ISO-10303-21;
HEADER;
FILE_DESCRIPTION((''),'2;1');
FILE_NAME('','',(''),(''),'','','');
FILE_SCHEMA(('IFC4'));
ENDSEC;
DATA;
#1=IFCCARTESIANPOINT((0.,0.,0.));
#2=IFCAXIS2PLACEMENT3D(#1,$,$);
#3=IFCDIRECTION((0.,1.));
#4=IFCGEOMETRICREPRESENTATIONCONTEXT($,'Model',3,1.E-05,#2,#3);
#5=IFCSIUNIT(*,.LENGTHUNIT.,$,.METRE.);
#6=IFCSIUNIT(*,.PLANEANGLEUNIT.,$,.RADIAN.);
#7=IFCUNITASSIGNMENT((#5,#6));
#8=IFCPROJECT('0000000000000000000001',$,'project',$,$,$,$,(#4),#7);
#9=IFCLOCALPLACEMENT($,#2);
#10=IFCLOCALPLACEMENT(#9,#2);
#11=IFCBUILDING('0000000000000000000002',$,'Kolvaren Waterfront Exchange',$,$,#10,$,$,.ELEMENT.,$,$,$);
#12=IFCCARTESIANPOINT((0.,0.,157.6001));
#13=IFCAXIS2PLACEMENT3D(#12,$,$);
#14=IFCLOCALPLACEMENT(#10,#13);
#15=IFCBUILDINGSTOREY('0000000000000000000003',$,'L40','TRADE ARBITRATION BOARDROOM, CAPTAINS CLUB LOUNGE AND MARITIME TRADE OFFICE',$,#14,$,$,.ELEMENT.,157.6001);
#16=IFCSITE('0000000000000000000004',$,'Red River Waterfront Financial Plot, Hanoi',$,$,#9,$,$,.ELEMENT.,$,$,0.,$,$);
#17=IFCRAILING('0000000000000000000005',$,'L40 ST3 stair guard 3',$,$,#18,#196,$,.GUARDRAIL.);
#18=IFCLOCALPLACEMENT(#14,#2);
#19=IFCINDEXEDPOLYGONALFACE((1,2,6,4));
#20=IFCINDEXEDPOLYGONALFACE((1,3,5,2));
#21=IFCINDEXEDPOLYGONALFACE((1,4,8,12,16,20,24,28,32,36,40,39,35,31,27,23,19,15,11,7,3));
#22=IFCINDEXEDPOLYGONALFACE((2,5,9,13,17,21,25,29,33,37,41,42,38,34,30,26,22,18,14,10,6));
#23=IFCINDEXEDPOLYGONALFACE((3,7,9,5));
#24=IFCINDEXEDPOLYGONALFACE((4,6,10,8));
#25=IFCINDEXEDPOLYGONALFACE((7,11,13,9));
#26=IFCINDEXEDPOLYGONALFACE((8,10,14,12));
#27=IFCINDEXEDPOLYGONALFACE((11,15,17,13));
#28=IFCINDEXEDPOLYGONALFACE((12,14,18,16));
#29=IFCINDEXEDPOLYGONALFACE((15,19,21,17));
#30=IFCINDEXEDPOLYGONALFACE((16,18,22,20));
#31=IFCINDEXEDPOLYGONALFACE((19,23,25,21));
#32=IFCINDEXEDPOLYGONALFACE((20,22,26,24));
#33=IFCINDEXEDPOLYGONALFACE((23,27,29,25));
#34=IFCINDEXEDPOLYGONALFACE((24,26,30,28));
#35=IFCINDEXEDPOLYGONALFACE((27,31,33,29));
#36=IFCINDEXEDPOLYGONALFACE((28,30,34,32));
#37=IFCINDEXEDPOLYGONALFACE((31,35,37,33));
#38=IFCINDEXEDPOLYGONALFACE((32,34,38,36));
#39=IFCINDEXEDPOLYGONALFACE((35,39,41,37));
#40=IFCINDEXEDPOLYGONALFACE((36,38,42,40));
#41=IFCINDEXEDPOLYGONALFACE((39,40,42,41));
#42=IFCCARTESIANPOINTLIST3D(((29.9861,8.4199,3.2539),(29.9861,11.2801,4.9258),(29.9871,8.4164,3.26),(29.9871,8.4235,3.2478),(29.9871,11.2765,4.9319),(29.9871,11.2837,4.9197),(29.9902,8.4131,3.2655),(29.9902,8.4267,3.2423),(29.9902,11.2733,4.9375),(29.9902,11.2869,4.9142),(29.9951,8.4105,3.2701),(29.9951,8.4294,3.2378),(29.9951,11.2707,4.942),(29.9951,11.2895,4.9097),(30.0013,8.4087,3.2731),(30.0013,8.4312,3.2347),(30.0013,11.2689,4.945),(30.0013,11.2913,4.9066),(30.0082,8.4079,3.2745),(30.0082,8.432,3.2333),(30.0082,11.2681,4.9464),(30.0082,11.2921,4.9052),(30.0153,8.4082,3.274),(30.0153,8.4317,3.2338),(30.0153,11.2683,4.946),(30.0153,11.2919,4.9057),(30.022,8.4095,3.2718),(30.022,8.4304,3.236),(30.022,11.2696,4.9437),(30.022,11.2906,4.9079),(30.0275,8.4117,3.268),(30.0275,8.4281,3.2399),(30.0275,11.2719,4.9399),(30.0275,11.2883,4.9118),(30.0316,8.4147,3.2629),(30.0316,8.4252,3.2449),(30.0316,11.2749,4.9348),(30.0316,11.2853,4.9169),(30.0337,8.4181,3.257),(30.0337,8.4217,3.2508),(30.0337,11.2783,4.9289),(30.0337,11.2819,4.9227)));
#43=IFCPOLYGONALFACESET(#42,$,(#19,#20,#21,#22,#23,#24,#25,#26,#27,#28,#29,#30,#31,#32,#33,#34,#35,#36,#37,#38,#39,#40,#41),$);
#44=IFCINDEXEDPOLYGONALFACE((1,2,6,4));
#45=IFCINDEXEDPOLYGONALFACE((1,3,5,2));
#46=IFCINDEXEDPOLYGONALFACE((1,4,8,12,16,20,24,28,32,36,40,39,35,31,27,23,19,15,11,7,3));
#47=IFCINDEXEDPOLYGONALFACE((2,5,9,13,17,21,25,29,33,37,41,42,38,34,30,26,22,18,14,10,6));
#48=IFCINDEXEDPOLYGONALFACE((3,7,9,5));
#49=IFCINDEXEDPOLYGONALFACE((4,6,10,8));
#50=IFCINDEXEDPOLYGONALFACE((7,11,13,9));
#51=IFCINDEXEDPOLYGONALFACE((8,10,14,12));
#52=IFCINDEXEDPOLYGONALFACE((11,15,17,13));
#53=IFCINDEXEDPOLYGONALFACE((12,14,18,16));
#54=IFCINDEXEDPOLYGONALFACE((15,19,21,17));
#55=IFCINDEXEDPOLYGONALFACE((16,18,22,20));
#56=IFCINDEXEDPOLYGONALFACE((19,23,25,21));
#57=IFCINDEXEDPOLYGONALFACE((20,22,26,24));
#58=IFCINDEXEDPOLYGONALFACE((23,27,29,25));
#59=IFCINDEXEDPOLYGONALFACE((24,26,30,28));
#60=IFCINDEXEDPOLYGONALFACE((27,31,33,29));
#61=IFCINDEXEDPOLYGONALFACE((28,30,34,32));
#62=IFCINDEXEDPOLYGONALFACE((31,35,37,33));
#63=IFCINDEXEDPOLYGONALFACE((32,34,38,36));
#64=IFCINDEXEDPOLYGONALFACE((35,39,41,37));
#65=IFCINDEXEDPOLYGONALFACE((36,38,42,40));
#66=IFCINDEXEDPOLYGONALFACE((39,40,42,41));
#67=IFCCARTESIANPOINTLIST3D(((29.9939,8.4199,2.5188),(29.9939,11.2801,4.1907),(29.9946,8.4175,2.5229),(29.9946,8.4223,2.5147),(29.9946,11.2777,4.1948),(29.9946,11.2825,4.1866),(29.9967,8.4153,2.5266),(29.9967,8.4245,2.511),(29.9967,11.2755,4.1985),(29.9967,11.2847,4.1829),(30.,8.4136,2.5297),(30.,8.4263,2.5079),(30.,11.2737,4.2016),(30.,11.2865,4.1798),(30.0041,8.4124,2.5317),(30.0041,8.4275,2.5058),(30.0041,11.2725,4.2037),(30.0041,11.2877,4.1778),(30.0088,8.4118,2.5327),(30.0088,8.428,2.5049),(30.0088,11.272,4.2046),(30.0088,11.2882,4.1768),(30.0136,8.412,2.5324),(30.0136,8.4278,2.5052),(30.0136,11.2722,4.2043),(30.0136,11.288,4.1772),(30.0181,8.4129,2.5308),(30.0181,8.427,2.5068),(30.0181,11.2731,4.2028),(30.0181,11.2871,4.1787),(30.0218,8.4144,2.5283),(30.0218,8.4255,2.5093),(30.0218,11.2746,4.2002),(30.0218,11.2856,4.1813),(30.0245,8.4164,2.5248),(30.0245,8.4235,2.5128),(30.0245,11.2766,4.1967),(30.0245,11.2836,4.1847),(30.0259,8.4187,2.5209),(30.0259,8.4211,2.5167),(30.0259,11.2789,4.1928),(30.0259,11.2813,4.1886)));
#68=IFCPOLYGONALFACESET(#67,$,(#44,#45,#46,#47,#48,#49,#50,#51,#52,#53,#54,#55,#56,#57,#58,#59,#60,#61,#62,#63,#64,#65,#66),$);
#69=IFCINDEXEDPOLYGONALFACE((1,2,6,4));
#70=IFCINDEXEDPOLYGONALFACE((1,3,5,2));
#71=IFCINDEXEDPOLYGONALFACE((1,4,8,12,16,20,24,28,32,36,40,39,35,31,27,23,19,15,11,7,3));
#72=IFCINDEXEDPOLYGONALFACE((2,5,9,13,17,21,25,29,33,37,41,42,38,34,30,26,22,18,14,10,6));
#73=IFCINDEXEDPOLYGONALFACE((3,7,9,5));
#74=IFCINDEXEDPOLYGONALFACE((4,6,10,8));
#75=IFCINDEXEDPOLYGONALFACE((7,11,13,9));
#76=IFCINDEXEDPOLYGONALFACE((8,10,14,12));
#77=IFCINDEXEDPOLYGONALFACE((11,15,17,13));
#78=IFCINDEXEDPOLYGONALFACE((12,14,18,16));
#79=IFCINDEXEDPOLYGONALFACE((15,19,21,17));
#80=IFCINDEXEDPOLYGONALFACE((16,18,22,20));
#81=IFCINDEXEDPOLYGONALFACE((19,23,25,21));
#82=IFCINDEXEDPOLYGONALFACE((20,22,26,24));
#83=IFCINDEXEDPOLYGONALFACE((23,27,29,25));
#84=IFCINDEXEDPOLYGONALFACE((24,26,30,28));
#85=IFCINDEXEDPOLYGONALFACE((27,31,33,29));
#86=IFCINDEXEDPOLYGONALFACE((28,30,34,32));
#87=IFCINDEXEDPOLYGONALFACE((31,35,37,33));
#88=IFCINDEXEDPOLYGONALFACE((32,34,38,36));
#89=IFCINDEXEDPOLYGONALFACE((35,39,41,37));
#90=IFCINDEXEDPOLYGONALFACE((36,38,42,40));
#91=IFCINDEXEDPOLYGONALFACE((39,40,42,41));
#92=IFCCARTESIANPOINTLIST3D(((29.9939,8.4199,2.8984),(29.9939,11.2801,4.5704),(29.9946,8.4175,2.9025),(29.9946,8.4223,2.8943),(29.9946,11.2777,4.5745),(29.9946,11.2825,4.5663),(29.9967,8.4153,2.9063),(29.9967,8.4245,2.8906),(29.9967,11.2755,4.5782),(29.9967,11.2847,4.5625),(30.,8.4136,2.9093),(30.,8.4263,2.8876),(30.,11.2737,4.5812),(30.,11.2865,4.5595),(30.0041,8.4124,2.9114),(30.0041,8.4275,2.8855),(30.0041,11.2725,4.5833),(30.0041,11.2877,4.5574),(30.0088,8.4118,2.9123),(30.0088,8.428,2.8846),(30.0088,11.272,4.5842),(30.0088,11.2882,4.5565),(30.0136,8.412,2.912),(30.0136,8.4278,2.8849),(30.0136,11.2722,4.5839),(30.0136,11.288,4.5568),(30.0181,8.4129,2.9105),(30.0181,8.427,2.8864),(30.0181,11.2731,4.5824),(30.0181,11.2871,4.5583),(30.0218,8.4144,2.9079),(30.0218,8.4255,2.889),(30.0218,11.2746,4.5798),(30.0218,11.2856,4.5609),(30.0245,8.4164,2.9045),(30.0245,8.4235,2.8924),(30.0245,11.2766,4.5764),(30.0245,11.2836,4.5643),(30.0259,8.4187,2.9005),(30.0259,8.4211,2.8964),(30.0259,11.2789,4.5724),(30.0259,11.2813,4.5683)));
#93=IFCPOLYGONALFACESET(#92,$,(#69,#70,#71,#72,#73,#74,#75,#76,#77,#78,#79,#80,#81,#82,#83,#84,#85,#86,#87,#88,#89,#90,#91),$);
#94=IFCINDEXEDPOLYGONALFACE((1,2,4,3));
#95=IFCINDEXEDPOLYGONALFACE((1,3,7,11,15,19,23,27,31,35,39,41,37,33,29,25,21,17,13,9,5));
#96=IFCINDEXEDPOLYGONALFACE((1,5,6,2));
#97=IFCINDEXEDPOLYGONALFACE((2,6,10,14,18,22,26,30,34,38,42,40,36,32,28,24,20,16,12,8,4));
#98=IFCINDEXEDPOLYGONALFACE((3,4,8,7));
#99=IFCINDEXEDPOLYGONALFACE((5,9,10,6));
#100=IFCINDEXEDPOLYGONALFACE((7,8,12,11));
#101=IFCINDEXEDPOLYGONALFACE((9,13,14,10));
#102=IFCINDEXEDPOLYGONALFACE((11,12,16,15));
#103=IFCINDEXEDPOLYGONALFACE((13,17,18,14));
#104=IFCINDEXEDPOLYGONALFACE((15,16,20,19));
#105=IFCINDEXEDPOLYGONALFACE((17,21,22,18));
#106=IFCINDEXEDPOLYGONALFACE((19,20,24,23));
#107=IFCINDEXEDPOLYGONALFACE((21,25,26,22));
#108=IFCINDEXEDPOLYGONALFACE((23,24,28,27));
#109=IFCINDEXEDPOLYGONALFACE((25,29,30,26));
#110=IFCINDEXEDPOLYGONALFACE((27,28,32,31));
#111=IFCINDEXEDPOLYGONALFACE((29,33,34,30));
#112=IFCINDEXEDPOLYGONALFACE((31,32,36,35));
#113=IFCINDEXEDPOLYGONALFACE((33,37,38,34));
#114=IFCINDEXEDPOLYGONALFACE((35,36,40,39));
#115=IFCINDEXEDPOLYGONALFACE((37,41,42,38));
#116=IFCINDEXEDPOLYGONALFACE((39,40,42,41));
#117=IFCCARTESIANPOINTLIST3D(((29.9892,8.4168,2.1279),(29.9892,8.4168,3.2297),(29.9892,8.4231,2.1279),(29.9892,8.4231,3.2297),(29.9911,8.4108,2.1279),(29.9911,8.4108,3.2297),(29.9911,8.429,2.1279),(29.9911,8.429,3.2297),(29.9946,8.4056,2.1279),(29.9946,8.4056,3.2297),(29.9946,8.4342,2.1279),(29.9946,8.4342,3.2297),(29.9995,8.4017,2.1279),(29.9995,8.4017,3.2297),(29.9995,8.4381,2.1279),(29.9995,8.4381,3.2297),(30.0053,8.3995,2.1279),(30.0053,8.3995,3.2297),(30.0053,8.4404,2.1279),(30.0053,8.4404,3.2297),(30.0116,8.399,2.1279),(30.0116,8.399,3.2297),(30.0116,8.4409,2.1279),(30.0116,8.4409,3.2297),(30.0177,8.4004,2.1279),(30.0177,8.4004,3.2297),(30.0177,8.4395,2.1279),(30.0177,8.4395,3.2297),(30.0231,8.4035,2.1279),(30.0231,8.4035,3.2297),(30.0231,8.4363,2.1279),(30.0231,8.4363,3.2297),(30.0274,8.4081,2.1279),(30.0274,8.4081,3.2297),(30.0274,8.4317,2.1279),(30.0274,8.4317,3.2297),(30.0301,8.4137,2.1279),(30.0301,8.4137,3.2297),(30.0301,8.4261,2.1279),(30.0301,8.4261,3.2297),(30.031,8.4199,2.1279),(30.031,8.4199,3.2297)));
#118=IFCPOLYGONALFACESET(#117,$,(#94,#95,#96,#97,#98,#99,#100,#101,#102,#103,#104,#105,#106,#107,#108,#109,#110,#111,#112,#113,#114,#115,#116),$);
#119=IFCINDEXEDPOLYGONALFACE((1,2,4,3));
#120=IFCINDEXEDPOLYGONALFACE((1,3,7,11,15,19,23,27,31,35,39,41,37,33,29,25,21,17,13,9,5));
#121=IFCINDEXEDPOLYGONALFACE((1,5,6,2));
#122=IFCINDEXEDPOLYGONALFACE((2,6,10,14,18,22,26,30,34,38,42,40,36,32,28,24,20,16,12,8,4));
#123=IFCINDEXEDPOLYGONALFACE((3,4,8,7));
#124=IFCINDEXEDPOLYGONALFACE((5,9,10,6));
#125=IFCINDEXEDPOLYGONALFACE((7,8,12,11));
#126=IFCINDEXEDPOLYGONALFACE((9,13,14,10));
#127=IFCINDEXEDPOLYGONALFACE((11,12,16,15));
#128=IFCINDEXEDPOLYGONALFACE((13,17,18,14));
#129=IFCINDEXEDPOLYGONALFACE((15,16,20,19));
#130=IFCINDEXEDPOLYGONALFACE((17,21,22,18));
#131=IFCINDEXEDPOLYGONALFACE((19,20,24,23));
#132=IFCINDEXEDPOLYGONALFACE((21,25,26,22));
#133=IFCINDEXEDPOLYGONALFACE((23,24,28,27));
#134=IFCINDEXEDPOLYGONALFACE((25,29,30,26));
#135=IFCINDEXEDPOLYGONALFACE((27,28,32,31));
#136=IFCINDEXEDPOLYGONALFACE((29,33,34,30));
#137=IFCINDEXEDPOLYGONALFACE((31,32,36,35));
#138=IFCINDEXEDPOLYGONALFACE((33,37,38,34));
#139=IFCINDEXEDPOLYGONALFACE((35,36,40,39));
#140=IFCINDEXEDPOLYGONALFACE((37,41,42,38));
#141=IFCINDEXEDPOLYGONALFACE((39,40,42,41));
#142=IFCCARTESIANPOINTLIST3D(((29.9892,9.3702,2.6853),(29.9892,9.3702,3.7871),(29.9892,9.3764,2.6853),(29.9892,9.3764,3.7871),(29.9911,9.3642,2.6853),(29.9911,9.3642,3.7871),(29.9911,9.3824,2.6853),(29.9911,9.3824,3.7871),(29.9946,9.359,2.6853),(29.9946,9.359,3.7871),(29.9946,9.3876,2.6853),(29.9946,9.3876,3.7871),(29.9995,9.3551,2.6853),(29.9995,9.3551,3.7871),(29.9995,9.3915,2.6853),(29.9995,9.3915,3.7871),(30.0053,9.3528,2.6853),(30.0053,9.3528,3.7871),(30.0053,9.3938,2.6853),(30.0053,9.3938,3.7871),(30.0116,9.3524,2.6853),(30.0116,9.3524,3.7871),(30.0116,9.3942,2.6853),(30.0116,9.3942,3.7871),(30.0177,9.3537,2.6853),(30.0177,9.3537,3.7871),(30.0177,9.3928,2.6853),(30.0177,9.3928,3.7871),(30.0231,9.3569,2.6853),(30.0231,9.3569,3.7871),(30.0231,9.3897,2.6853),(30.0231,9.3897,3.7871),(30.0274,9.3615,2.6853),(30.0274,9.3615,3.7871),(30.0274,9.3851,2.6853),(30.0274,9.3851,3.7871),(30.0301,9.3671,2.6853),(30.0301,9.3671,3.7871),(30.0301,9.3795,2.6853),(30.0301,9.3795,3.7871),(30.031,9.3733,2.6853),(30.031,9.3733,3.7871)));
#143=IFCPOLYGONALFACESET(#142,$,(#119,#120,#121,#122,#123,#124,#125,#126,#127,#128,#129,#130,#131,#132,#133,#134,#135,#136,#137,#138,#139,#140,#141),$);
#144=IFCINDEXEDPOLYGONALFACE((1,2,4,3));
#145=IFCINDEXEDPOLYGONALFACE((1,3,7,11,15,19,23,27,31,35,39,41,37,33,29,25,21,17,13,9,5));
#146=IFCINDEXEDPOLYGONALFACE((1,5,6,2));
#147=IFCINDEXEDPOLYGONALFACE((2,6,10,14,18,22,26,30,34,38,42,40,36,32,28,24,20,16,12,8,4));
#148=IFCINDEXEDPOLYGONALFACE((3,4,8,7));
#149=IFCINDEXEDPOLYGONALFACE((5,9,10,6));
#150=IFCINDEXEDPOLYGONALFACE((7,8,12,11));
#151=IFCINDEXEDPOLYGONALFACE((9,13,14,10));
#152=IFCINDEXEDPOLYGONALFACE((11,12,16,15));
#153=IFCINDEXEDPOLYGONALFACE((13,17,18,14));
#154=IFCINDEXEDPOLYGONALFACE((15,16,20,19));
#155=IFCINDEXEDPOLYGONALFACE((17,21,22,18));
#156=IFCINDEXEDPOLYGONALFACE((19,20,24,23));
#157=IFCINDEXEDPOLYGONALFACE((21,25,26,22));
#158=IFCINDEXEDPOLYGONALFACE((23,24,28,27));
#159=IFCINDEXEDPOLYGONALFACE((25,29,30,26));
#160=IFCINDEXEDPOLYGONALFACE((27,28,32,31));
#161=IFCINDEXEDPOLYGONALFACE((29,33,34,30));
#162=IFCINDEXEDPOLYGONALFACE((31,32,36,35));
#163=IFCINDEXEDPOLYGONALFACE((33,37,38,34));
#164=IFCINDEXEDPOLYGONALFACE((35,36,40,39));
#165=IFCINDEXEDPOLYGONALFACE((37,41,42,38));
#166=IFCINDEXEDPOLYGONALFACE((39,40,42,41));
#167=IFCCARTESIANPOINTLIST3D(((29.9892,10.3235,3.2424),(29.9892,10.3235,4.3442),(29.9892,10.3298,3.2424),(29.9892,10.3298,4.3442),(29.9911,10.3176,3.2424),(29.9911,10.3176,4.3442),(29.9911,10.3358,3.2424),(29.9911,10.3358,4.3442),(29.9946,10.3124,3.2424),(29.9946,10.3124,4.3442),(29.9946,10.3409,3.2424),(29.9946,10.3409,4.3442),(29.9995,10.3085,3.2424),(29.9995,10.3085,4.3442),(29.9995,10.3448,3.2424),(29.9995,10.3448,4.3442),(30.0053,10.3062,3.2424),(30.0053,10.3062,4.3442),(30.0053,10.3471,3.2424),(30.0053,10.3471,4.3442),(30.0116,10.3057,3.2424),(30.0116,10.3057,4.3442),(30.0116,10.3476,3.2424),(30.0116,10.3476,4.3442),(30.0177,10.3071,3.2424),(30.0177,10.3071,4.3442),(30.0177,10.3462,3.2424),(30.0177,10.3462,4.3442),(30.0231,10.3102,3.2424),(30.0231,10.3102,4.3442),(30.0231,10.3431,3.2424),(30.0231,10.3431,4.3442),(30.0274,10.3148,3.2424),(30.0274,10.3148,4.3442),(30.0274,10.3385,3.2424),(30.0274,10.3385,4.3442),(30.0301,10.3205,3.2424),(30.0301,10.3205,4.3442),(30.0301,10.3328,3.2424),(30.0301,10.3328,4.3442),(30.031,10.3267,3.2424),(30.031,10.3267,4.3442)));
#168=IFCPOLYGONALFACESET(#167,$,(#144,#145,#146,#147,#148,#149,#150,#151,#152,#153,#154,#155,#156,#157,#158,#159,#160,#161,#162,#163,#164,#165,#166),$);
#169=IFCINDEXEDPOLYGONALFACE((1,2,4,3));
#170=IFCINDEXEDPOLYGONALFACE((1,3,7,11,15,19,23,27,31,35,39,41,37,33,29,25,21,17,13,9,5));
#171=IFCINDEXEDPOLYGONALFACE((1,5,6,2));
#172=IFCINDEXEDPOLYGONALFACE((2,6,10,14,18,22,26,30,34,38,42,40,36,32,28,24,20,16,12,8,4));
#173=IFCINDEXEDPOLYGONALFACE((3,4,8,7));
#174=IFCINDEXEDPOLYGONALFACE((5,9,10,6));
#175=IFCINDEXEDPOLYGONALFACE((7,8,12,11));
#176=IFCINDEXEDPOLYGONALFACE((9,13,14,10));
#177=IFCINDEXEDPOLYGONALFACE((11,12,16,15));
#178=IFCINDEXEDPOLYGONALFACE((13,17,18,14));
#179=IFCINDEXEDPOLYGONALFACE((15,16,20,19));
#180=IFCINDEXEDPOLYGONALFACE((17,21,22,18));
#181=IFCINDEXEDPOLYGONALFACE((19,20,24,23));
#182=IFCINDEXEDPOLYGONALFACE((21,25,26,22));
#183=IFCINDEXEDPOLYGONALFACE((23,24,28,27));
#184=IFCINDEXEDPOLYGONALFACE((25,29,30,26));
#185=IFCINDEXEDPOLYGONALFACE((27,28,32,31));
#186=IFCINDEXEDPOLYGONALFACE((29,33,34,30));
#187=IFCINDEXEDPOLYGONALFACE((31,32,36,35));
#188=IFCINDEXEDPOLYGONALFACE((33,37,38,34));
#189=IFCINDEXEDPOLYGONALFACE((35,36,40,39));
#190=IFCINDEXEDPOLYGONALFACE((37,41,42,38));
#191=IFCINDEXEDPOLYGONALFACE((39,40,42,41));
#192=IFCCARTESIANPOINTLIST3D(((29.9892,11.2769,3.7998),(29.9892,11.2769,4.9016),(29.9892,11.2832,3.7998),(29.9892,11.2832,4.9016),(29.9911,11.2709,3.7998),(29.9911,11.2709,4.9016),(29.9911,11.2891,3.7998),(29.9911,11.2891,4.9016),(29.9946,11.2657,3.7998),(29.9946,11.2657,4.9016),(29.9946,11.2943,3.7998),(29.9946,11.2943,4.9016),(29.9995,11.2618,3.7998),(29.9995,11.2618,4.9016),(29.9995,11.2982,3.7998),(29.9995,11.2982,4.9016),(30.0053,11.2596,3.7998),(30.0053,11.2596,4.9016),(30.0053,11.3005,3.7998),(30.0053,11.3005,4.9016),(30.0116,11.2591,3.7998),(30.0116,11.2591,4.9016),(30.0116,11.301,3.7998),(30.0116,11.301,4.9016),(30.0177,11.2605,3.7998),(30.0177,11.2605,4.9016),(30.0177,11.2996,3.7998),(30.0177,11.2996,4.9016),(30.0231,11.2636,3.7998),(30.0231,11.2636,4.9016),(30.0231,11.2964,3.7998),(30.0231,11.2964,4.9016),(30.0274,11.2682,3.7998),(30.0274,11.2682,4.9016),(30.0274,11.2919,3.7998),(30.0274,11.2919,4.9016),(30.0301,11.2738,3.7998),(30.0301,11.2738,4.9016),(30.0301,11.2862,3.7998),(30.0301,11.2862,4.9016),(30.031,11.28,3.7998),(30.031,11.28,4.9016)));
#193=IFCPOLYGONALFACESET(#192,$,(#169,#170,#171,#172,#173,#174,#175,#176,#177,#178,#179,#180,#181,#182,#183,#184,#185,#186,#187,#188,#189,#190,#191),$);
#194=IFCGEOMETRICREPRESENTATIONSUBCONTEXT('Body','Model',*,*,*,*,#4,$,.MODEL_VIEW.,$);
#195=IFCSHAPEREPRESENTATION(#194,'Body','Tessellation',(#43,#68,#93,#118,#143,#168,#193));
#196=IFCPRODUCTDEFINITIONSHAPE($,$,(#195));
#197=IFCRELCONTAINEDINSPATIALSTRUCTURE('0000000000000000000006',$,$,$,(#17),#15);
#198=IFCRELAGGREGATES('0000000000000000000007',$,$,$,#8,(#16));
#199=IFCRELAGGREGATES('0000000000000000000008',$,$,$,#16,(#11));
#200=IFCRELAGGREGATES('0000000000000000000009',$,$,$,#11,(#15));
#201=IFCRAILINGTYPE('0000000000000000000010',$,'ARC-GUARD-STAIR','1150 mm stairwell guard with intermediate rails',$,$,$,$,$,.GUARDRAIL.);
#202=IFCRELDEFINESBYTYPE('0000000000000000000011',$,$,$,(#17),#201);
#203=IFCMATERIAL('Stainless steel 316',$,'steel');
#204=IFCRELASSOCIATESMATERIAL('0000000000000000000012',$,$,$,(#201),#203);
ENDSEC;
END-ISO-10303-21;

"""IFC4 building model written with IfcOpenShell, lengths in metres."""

from ifc_helpers import new_model, si_unit, direction, frame, origin, origin_2d, place, context, subcontext, project, spatial, circle, extrude, material, type_object, element, save


model = new_model("IFC4")

# Units and contexts
model_context = context("Model", 3, precision=1e-05, world=origin(), true_north=direction((0.0, 1.0)))
body_context = subcontext(model_context, "Body", "Model", "MODEL_VIEW")
ifc_project = project(units=[si_unit("LENGTHUNIT", "METRE"), si_unit("PLANEANGLEUNIT", "RADIAN")], contexts=[model_context])

# Site, building, storey
site_placement = place(None, origin())
site = spatial("IfcSite", under=ifc_project, at=site_placement, Name="Red River Waterfront Financial Plot, Hanoi", CompositionType="ELEMENT", RefElevation=0.0)
building_placement = place(site_placement, origin())
building = spatial("IfcBuilding", under=site, at=building_placement, Name="Kolvaren Waterfront Exchange", CompositionType="ELEMENT")
storey_placement = place(building_placement, frame((0.0, 0.0, 157.6001)))
storey = spatial("IfcBuildingStorey", under=building, at=storey_placement, Name="L40", Description="TRADE ARBITRATION BOARDROOM, CAPTAINS CLUB LOUNGE AND MARITIME TRADE OFFICE", CompositionType="ELEMENT", Elevation=157.6001)

# Railing
ifc_material_1 = material(Name="Stainless steel 316", Category="steel")
railing_type_1 = type_object("IfcRailingType", Name="ARC-GUARD-STAIR", Description="1150 mm stairwell guard with intermediate rails", PredefinedType="GUARDRAIL", material=ifc_material_1)
railing_1_placement = place(storey_placement, frame((30.01, 8.4199, 2.1279)))
element("IfcRailing", 1, at=railing_1_placement, inside=storey, type_object=railing_type_1, Name="L40 ST3 stair guard 3", PredefinedType="GUARDRAIL", context=body_context, shape_type="SweptSolid", body=[
    extrude(circle(Radius=0.0239, at=origin_2d()), frame((0.0, 0.0, 1.126), z_axis=(0.0, 0.863321, 0.504654), x_axis=(-1.0, 0.0, 0.0)), (0.0, 0.0, 1.0), 3.313),
    extrude(circle(Radius=0.0161, at=origin_2d()), frame((0.0, 0.0, 0.3909), z_axis=(0.0, 0.863321, 0.504654), x_axis=(-1.0, 0.0, 0.0)), (0.0, 0.0, 1.0), 3.313),
    extrude(circle(Radius=0.0161, at=origin_2d()), frame((0.0, 0.0, 0.7705), z_axis=(0.0, 0.863321, 0.504654), x_axis=(-1.0, 0.0, 0.0)), (0.0, 0.0, 1.0), 3.313),
    extrude(circle(Radius=0.021, at=origin_2d()), origin(), (0.0, 0.0, 1.0), 1.1018),
    extrude(circle(Radius=0.021, at=origin_2d()), frame((0.0, 0.9534, 0.5574)), (0.0, 0.0, 1.0), 1.1018),
    extrude(circle(Radius=0.021, at=origin_2d()), frame((0.0, 1.9067, 1.1145)), (0.0, 0.0, 1.0), 1.1018),
    extrude(circle(Radius=0.021, at=origin_2d()), frame((0.0, 2.8601, 1.6719)), (0.0, 0.0, 1.0), 1.1018),
])

save(model, "model.ifc")
